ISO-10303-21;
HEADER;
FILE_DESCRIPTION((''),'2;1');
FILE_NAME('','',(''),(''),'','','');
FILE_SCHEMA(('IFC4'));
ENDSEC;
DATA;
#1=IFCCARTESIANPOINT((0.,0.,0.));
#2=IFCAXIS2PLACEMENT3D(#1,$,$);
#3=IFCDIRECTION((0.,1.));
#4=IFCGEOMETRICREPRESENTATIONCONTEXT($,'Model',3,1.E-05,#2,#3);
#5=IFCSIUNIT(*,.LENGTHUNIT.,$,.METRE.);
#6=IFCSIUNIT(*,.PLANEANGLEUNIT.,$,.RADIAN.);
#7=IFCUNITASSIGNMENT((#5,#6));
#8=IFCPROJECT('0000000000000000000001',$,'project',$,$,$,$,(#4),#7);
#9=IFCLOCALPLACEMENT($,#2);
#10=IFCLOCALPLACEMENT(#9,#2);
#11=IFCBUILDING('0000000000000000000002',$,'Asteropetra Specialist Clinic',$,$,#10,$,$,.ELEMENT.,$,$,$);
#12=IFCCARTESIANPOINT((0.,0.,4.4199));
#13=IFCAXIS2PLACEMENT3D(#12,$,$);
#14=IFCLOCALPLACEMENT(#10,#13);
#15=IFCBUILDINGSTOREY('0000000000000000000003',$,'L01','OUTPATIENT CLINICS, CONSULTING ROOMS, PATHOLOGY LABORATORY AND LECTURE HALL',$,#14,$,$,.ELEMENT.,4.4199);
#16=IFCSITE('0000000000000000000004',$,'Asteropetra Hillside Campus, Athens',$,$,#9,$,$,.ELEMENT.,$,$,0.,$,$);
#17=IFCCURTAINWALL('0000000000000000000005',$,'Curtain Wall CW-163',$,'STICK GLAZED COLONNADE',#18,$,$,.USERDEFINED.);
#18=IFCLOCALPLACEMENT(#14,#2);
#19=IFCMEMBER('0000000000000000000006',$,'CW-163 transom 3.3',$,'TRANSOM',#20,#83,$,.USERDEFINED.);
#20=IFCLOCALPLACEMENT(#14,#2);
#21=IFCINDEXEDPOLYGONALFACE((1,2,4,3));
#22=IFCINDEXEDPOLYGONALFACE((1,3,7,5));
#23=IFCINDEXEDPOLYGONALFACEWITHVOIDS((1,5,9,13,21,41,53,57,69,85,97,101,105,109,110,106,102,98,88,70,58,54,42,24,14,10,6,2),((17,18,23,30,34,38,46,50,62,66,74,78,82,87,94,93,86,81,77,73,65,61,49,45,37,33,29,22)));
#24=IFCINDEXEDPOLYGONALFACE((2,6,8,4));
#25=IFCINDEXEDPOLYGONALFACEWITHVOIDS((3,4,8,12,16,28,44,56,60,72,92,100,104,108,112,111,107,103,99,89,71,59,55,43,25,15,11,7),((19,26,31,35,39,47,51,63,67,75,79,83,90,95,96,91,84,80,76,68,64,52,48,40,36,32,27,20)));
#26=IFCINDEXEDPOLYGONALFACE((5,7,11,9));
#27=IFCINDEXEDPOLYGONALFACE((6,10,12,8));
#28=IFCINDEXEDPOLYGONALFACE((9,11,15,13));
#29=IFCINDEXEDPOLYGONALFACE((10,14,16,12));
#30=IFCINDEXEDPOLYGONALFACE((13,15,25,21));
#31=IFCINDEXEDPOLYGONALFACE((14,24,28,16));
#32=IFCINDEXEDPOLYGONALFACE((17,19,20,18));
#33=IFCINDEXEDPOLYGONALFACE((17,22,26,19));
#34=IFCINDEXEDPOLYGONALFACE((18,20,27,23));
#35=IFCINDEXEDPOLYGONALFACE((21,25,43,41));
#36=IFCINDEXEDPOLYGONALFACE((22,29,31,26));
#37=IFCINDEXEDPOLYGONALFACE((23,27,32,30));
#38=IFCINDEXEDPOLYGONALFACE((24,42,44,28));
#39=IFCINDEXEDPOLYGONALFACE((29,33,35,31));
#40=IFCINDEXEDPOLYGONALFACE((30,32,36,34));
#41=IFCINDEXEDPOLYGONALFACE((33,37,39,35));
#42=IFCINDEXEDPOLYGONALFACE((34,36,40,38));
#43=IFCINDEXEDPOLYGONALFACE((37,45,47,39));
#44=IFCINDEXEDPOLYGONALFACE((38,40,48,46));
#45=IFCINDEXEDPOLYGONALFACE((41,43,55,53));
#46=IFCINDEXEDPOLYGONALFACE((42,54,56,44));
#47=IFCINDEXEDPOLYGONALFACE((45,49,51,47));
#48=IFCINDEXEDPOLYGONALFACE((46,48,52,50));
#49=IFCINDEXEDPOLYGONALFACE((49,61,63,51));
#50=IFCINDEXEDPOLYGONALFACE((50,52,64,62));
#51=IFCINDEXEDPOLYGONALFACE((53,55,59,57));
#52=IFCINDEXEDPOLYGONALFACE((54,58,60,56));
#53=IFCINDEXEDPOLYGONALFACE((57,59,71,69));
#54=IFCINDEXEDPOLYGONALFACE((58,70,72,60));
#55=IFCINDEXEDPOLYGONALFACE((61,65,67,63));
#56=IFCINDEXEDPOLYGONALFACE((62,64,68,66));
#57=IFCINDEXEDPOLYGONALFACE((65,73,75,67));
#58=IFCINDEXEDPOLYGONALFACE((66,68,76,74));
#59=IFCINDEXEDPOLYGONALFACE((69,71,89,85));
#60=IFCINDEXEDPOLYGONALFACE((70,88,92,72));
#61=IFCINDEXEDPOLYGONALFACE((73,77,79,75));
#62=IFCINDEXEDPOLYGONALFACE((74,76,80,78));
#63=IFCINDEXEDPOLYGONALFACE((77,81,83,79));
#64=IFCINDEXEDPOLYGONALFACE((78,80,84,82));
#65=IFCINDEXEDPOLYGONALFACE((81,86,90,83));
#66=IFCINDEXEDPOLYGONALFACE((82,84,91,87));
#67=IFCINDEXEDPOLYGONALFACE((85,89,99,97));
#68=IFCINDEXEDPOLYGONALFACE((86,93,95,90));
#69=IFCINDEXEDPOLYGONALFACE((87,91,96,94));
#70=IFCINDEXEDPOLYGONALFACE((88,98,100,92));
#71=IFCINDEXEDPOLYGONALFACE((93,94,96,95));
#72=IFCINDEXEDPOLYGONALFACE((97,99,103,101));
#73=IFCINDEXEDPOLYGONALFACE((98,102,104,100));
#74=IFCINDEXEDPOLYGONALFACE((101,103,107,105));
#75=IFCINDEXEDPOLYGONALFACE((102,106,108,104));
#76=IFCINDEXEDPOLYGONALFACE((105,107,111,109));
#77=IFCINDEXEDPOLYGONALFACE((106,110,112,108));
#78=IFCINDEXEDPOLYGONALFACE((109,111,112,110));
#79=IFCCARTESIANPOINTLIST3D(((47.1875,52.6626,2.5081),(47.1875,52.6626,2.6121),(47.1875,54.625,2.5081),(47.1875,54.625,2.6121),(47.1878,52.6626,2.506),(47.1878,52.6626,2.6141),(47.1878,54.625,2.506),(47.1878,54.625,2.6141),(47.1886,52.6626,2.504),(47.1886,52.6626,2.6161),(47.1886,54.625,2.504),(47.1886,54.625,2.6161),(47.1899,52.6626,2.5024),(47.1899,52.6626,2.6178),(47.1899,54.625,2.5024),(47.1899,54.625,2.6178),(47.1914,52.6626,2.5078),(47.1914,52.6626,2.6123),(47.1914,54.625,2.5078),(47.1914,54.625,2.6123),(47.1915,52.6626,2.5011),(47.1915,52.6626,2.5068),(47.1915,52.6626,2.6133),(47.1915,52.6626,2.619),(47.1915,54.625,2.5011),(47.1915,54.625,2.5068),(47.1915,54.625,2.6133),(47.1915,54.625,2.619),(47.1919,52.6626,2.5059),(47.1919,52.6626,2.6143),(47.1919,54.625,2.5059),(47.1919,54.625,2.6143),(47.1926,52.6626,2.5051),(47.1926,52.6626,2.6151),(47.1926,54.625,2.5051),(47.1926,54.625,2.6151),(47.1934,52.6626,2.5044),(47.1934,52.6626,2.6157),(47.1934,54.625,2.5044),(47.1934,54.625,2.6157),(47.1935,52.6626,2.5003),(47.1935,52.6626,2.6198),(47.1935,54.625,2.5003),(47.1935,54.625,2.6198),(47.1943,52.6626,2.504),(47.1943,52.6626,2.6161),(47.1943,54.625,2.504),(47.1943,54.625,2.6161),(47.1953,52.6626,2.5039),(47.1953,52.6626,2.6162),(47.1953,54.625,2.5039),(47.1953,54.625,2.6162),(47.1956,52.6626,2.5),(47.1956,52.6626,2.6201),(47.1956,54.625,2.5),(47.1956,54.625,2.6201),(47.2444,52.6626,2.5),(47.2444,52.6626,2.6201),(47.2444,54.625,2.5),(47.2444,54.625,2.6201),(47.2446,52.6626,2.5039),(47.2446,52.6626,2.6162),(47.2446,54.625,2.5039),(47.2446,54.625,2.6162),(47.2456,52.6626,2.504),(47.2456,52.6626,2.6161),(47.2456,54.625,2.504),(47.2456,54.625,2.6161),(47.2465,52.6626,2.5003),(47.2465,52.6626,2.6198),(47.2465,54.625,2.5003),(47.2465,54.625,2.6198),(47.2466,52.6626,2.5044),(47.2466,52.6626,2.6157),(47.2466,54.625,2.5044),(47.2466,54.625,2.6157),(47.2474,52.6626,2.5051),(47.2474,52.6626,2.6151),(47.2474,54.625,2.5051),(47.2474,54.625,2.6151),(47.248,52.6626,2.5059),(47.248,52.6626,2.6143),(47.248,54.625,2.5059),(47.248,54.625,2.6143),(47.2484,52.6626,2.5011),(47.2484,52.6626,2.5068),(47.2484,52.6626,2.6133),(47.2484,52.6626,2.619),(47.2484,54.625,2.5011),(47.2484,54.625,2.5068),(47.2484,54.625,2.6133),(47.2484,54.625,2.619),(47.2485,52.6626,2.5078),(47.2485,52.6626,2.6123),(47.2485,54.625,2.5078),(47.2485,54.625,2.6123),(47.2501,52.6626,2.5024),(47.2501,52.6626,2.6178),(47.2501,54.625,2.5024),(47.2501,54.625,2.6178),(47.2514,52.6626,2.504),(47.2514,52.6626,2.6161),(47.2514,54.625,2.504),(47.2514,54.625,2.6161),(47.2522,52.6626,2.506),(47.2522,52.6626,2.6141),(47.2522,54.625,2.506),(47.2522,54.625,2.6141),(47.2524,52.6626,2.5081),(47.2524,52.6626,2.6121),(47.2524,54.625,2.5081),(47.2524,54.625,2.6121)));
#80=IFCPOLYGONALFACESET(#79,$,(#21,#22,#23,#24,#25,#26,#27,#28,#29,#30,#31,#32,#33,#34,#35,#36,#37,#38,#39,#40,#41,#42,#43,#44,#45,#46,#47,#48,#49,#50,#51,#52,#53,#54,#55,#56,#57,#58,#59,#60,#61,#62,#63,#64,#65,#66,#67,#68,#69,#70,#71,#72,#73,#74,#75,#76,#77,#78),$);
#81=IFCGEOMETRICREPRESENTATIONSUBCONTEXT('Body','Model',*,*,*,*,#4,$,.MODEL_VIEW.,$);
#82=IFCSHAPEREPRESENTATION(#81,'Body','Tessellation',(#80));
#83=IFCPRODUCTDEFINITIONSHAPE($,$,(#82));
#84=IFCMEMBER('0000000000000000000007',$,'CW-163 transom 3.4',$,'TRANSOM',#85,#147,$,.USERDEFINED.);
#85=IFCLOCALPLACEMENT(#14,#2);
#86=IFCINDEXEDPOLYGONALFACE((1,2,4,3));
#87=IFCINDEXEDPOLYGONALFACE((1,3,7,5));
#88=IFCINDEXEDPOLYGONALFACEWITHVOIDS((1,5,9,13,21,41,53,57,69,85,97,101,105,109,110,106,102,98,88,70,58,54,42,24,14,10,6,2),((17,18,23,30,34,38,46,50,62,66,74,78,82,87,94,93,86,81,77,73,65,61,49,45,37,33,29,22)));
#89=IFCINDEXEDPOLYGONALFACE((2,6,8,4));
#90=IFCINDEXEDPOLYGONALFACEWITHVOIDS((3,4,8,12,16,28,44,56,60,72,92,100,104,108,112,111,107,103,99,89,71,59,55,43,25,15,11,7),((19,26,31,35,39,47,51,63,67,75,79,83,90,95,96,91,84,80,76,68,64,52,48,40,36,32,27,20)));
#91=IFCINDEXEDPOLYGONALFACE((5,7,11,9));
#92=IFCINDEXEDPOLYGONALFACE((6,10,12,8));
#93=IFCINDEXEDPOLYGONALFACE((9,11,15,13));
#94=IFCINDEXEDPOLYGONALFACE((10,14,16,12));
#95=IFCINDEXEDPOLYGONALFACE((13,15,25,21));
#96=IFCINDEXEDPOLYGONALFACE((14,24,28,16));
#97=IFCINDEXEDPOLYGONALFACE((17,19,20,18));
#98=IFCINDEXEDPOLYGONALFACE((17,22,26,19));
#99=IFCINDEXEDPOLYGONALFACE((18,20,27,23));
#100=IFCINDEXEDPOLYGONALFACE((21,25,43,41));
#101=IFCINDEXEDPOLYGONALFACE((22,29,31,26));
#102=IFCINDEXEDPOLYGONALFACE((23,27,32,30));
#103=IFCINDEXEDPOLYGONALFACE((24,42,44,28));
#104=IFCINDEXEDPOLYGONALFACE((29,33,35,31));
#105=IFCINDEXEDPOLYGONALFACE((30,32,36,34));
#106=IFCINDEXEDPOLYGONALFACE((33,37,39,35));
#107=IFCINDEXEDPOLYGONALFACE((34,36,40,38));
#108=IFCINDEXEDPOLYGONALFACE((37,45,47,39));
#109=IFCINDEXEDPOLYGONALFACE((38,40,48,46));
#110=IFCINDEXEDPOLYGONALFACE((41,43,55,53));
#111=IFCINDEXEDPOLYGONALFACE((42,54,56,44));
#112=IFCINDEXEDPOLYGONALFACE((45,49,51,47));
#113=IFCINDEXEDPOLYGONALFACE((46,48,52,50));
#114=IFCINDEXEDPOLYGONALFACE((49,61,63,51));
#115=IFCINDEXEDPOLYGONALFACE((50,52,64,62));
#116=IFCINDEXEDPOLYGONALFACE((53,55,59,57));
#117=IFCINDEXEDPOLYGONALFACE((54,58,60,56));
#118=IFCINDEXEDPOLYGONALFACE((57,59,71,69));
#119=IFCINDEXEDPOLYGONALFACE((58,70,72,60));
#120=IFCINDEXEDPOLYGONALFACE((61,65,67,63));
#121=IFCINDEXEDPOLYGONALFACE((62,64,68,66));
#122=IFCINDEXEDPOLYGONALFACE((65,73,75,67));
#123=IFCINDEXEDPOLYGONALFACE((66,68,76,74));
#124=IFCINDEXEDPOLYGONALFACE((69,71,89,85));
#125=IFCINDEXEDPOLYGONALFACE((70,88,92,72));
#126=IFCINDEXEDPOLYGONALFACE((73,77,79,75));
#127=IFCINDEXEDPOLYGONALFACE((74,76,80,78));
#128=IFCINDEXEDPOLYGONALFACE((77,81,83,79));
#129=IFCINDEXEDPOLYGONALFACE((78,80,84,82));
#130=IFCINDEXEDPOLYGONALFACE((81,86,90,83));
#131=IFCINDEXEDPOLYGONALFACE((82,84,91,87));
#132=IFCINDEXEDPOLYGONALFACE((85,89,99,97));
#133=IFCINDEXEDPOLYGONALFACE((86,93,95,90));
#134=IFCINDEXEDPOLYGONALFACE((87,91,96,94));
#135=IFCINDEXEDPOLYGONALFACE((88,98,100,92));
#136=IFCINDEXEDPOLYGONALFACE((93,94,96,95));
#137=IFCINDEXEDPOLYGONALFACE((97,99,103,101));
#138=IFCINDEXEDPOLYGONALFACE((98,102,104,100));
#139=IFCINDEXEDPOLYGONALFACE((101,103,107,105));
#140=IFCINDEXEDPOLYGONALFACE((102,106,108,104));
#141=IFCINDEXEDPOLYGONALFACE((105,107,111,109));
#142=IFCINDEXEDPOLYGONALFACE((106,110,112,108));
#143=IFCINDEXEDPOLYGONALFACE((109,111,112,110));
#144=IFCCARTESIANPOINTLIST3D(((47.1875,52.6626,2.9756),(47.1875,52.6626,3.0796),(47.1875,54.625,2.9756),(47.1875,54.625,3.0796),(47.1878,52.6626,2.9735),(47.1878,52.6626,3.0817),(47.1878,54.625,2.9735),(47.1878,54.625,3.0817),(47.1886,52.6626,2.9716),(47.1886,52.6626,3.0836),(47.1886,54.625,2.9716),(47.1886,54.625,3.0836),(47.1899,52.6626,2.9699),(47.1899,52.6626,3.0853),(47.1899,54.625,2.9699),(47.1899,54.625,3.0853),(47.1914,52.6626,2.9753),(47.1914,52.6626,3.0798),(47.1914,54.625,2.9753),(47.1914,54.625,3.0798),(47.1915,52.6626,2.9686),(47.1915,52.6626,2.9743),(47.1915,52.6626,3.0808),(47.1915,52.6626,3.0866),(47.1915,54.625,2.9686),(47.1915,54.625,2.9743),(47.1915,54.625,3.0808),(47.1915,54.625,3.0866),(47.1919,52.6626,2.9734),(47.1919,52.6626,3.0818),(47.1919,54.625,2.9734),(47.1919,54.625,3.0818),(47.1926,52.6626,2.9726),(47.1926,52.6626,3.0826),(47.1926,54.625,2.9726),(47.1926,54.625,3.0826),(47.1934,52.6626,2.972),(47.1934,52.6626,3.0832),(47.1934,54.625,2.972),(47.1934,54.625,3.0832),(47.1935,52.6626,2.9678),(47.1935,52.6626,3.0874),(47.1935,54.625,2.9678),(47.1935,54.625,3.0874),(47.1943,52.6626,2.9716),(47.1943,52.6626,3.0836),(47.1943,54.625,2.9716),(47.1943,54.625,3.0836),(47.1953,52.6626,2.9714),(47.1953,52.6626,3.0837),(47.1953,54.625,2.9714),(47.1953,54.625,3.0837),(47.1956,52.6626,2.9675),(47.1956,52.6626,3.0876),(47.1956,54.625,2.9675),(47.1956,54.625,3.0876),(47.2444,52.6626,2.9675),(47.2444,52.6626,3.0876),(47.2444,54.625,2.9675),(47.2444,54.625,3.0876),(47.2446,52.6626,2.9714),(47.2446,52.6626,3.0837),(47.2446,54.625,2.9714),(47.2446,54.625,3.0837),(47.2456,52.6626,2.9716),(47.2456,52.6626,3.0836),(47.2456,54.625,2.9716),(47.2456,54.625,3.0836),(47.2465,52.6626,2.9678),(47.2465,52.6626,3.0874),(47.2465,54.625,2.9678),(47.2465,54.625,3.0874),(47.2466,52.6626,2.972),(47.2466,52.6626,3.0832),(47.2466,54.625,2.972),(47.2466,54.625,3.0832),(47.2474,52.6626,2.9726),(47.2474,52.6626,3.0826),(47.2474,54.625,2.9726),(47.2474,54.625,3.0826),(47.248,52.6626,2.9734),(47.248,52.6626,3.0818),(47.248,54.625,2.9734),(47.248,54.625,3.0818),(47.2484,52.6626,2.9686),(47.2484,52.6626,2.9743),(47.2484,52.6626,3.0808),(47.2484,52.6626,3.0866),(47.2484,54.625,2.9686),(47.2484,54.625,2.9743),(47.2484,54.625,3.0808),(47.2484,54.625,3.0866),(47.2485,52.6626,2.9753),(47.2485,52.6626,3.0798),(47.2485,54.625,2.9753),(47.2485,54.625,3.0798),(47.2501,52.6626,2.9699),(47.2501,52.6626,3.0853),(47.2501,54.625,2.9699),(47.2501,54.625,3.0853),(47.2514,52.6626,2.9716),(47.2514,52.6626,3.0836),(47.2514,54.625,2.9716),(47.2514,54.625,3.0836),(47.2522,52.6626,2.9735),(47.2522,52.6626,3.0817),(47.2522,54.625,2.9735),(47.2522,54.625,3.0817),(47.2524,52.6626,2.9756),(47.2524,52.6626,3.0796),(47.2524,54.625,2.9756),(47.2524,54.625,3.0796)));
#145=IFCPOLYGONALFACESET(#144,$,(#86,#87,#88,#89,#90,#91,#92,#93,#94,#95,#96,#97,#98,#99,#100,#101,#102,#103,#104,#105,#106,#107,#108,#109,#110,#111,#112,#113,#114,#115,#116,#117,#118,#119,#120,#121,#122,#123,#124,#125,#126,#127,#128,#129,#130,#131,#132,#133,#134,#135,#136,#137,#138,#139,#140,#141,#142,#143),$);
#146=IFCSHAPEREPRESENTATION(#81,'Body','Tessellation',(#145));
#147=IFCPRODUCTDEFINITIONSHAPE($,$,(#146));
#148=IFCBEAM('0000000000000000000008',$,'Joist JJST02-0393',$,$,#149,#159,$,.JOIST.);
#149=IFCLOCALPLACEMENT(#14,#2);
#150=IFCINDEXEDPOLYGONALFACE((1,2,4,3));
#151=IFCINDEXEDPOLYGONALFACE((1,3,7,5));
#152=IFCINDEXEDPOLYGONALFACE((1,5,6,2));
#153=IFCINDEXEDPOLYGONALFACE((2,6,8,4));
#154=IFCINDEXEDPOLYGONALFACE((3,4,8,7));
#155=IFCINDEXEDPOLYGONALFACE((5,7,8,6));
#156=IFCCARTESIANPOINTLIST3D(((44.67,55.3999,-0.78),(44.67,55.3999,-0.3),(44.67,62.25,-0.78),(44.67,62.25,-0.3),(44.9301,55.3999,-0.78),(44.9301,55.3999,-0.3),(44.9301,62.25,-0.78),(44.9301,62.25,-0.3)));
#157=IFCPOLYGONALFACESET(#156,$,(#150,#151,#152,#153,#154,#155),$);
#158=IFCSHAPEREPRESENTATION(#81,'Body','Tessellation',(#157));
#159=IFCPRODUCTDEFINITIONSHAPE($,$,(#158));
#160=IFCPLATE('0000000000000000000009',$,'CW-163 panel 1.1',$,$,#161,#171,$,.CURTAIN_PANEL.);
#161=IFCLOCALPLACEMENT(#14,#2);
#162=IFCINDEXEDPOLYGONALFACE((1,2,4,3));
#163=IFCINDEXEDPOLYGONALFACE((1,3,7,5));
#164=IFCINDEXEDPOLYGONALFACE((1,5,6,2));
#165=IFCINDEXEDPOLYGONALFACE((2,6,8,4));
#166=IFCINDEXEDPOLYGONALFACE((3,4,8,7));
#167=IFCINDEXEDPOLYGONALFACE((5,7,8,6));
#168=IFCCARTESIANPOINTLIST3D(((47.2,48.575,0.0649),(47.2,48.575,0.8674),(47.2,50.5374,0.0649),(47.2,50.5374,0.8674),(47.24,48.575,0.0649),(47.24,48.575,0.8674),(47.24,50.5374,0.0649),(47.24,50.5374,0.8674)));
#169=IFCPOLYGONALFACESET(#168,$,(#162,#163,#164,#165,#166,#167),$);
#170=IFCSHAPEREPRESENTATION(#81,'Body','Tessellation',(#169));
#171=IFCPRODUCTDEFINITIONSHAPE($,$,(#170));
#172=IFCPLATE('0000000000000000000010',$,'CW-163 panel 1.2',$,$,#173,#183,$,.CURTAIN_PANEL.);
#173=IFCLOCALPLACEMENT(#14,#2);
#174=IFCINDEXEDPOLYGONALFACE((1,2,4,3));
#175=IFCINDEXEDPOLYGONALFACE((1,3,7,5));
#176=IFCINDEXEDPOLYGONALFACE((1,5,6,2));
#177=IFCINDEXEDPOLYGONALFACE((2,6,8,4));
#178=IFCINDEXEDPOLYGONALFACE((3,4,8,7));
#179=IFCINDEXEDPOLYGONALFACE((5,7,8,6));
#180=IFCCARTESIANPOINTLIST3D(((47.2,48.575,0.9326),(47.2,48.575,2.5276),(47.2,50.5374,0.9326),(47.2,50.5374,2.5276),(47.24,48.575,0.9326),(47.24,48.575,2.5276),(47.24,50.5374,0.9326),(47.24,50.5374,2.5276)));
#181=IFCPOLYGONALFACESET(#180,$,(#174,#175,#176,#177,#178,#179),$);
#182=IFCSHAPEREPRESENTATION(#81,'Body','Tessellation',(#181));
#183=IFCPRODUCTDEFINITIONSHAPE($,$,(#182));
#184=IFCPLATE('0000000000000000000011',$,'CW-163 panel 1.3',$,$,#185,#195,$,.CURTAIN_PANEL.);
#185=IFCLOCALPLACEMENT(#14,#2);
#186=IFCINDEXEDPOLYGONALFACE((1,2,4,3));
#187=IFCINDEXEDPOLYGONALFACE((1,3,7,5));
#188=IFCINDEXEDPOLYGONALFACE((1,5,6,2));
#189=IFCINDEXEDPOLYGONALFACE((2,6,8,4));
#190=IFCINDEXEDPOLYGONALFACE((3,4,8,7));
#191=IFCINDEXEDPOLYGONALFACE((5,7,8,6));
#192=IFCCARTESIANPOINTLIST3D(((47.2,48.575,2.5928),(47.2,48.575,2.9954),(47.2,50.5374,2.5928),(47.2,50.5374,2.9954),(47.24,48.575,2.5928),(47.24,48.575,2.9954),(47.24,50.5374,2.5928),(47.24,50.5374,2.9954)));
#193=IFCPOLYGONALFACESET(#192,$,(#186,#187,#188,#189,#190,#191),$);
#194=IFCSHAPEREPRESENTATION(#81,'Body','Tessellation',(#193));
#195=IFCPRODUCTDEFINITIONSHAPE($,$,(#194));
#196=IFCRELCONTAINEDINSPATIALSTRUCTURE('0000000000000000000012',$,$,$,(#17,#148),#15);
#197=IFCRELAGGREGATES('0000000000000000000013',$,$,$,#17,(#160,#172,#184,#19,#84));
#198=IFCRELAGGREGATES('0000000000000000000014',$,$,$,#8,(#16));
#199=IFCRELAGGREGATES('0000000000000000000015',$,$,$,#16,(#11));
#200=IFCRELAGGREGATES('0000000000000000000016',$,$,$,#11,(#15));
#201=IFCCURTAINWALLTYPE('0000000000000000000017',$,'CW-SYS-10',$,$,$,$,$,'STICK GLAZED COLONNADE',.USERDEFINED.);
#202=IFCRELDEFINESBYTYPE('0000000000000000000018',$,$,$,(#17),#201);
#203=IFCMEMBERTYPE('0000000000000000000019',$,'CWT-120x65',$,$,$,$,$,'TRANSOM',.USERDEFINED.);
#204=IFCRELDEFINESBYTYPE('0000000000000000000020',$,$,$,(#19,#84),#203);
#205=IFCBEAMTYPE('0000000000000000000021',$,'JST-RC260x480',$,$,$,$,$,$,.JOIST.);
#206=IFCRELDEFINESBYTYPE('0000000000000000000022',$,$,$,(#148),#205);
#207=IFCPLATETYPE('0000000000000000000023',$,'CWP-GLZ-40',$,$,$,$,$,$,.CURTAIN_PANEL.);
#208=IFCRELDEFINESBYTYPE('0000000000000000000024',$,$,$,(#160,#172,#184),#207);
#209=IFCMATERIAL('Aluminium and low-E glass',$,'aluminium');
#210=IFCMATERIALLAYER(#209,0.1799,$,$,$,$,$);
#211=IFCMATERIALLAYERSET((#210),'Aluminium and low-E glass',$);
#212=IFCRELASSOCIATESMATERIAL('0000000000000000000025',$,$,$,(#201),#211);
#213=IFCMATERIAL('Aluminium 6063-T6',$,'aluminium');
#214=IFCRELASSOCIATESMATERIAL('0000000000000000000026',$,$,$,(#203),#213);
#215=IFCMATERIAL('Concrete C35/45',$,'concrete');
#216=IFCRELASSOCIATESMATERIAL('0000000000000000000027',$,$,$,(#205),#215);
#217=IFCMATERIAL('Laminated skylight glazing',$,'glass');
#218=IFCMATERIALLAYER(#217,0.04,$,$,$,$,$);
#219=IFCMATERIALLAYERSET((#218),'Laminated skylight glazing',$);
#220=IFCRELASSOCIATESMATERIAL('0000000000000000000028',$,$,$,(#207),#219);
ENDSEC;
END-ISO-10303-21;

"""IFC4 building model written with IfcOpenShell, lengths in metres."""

from ifc_helpers import new_model, si_unit, direction, frame, origin, origin_2d, place, context, subcontext, project, spatial, rectangle, hollow_rectangle, extrude, material, layer, layer_set, material_profile, profile_set, type_object, element, aggregate, save


model = new_model("IFC4")

# Units and contexts
model_context = context("Model", 3, precision=1e-05, world=origin(), true_north=direction((0.0, 1.0)))
body_context = subcontext(model_context, "Body", "Model", "MODEL_VIEW")
ifc_project = project(units=[si_unit("LENGTHUNIT", "METRE"), si_unit("PLANEANGLEUNIT", "RADIAN")], contexts=[model_context])

# Site, building, storey
site_placement = place(None, origin())
site = spatial("IfcSite", under=ifc_project, at=site_placement, Name="Asteropetra Hillside Campus, Athens", CompositionType="ELEMENT", RefElevation=0.0)
building_placement = place(site_placement, origin())
building = spatial("IfcBuilding", under=site, at=building_placement, Name="Asteropetra Specialist Clinic", CompositionType="ELEMENT")
storey_placement = place(building_placement, frame((0.0, 0.0, 4.4199)))
storey = spatial("IfcBuildingStorey", under=building, at=storey_placement, Name="L01", Description="OUTPATIENT CLINICS, CONSULTING ROOMS, PATHOLOGY LABORATORY AND LECTURE HALL", CompositionType="ELEMENT", Elevation=4.4199)

# Curtain wall
ifc_material_1 = material(Name="Aluminium and low-E glass", Category="aluminium")
ifc_layer_1 = layer(ifc_material_1, 0.1799)
ifc_layer_set_1 = layer_set([ifc_layer_1], Name="Aluminium and low-E glass")
curtain_wall_type_1 = type_object("IfcCurtainWallType", Name="CW-SYS-10", ElementType="STICK GLAZED COLONNADE", PredefinedType="USERDEFINED", material=ifc_layer_set_1)
curtain_wall_1_placement = place(storey_placement, origin())
curtain_wall_1 = element("IfcCurtainWall", 1, at=curtain_wall_1_placement, inside=storey, type_object=curtain_wall_type_1, Name="Curtain Wall CW-163", ObjectType="STICK GLAZED COLONNADE", PredefinedType="USERDEFINED")

# Members
ifc_material_2 = material(Name="Aluminium 6063-T6", Category="aluminium")
ifc_material_profile_1 = material_profile(ifc_material_2, hollow_rectangle(XDim=0.0649, YDim=0.1201, WallThickness=0.0039, InnerFilletRadius=0.0039, OuterFilletRadius=0.0081, at=origin_2d()), Name="TRN 120x65x4.0")
ifc_profile_set_1 = profile_set([ifc_material_profile_1], Name="Aluminium 6063-T6")
member_type_1 = type_object("IfcMemberType", Name="CWT-120x65", ElementType="TRANSOM", PredefinedType="USERDEFINED", material=ifc_profile_set_1)
member_1_placement = place(storey_placement, frame((47.22, 52.6626, 2.5601), z_axis=(0.0, 1.0, 0.0), x_axis=(-1.0, 0.0, 0.0)))
member_1 = element("IfcMember", 2, at=member_1_placement, type_object=member_type_1, Name="CW-163 transom 3.3", ObjectType="TRANSOM", PredefinedType="USERDEFINED", context=body_context, shape_type="SweptSolid", body=[
    extrude(hollow_rectangle(XDim=0.0649, YDim=0.1201, WallThickness=0.0039, InnerFilletRadius=0.0039, OuterFilletRadius=0.0081, at=origin_2d()), origin(), (0.0, 0.0, 1.0), 1.9624),
])
member_2_placement = place(storey_placement, frame((47.22, 52.6626, 3.0276), z_axis=(0.0, 1.0, 0.0), x_axis=(-1.0, 0.0, 0.0)))
member_2 = element("IfcMember", 3, at=member_2_placement, type_object=member_type_1, Name="CW-163 transom 3.4", ObjectType="TRANSOM", PredefinedType="USERDEFINED", context=body_context, shape_type="SweptSolid", body=[
    extrude(hollow_rectangle(XDim=0.0649, YDim=0.1201, WallThickness=0.0039, InnerFilletRadius=0.0039, OuterFilletRadius=0.0081, at=origin_2d()), origin(), (0.0, 0.0, 1.0), 1.9624),
])

# Beam
ifc_material_3 = material(Name="Concrete C35/45", Category="concrete")
ifc_material_profile_2 = material_profile(ifc_material_3, rectangle(XDim=0.26, YDim=0.48, at=origin_2d()), Name="RCJ 260x480")
ifc_profile_set_2 = profile_set([ifc_material_profile_2], Name="Concrete C35/45")
beam_type = type_object("IfcBeamType", Name="JST-RC260x480", PredefinedType="JOIST", material=ifc_profile_set_2)
beam_placement = place(storey_placement, frame((44.8, 55.3999, -0.54), z_axis=(0.0, 1.0, 0.0), x_axis=(-1.0, 0.0, 0.0)))
element("IfcBeam", 4, at=beam_placement, inside=storey, type_object=beam_type, Name="Joist JJST02-0393", PredefinedType="JOIST", context=body_context, shape_type="SweptSolid", body=[
    extrude(rectangle(XDim=0.26, YDim=0.48, at=origin_2d()), origin(), (0.0, 0.0, 1.0), 6.8501),
])

# Plates
ifc_material_4 = material(Name="Laminated skylight glazing", Category="glass")
ifc_layer_2 = layer(ifc_material_4, 0.04)
ifc_layer_set_2 = layer_set([ifc_layer_2], Name="Laminated skylight glazing")
plate_type = type_object("IfcPlateType", Name="CWP-GLZ-40", PredefinedType="CURTAIN_PANEL", material=ifc_layer_set_2)
plate_1_placement = place(storey_placement, frame((47.22, 49.5562, 0.0649), z_axis=(0.0, 0.0, 1.0), x_axis=(0.0, 1.0, 0.0)))
plate_1 = element("IfcPlate", 5, at=plate_1_placement, type_object=plate_type, Name="CW-163 panel 1.1", PredefinedType="CURTAIN_PANEL", context=body_context, shape_type="SweptSolid", body=[
    extrude(rectangle(XDim=1.9624, YDim=0.04, at=origin_2d()), origin(), (0.0, 0.0, 1.0), 0.8025),
])
plate_2_placement = place(storey_placement, frame((47.22, 49.5562, 0.9326), z_axis=(0.0, 0.0, 1.0), x_axis=(0.0, 1.0, 0.0)))
plate_2 = element("IfcPlate", 6, at=plate_2_placement, type_object=plate_type, Name="CW-163 panel 1.2", PredefinedType="CURTAIN_PANEL", context=body_context, shape_type="SweptSolid", body=[
    extrude(rectangle(XDim=1.9624, YDim=0.04, at=origin_2d()), origin(), (0.0, 0.0, 1.0), 1.595),
])
plate_3_placement = place(storey_placement, frame((47.22, 49.5562, 2.5928), z_axis=(0.0, 0.0, 1.0), x_axis=(0.0, 1.0, 0.0)))
plate_3 = element("IfcPlate", 7, at=plate_3_placement, type_object=plate_type, Name="CW-163 panel 1.3", PredefinedType="CURTAIN_PANEL", context=body_context, shape_type="SweptSolid", body=[
    extrude(rectangle(XDim=1.9624, YDim=0.04, at=origin_2d()), origin(), (0.0, 0.0, 1.0), 0.4026),
])
aggregate(curtain_wall_1, [plate_1, plate_2, plate_3, member_1, member_2])

save(model, "model.ifc")
